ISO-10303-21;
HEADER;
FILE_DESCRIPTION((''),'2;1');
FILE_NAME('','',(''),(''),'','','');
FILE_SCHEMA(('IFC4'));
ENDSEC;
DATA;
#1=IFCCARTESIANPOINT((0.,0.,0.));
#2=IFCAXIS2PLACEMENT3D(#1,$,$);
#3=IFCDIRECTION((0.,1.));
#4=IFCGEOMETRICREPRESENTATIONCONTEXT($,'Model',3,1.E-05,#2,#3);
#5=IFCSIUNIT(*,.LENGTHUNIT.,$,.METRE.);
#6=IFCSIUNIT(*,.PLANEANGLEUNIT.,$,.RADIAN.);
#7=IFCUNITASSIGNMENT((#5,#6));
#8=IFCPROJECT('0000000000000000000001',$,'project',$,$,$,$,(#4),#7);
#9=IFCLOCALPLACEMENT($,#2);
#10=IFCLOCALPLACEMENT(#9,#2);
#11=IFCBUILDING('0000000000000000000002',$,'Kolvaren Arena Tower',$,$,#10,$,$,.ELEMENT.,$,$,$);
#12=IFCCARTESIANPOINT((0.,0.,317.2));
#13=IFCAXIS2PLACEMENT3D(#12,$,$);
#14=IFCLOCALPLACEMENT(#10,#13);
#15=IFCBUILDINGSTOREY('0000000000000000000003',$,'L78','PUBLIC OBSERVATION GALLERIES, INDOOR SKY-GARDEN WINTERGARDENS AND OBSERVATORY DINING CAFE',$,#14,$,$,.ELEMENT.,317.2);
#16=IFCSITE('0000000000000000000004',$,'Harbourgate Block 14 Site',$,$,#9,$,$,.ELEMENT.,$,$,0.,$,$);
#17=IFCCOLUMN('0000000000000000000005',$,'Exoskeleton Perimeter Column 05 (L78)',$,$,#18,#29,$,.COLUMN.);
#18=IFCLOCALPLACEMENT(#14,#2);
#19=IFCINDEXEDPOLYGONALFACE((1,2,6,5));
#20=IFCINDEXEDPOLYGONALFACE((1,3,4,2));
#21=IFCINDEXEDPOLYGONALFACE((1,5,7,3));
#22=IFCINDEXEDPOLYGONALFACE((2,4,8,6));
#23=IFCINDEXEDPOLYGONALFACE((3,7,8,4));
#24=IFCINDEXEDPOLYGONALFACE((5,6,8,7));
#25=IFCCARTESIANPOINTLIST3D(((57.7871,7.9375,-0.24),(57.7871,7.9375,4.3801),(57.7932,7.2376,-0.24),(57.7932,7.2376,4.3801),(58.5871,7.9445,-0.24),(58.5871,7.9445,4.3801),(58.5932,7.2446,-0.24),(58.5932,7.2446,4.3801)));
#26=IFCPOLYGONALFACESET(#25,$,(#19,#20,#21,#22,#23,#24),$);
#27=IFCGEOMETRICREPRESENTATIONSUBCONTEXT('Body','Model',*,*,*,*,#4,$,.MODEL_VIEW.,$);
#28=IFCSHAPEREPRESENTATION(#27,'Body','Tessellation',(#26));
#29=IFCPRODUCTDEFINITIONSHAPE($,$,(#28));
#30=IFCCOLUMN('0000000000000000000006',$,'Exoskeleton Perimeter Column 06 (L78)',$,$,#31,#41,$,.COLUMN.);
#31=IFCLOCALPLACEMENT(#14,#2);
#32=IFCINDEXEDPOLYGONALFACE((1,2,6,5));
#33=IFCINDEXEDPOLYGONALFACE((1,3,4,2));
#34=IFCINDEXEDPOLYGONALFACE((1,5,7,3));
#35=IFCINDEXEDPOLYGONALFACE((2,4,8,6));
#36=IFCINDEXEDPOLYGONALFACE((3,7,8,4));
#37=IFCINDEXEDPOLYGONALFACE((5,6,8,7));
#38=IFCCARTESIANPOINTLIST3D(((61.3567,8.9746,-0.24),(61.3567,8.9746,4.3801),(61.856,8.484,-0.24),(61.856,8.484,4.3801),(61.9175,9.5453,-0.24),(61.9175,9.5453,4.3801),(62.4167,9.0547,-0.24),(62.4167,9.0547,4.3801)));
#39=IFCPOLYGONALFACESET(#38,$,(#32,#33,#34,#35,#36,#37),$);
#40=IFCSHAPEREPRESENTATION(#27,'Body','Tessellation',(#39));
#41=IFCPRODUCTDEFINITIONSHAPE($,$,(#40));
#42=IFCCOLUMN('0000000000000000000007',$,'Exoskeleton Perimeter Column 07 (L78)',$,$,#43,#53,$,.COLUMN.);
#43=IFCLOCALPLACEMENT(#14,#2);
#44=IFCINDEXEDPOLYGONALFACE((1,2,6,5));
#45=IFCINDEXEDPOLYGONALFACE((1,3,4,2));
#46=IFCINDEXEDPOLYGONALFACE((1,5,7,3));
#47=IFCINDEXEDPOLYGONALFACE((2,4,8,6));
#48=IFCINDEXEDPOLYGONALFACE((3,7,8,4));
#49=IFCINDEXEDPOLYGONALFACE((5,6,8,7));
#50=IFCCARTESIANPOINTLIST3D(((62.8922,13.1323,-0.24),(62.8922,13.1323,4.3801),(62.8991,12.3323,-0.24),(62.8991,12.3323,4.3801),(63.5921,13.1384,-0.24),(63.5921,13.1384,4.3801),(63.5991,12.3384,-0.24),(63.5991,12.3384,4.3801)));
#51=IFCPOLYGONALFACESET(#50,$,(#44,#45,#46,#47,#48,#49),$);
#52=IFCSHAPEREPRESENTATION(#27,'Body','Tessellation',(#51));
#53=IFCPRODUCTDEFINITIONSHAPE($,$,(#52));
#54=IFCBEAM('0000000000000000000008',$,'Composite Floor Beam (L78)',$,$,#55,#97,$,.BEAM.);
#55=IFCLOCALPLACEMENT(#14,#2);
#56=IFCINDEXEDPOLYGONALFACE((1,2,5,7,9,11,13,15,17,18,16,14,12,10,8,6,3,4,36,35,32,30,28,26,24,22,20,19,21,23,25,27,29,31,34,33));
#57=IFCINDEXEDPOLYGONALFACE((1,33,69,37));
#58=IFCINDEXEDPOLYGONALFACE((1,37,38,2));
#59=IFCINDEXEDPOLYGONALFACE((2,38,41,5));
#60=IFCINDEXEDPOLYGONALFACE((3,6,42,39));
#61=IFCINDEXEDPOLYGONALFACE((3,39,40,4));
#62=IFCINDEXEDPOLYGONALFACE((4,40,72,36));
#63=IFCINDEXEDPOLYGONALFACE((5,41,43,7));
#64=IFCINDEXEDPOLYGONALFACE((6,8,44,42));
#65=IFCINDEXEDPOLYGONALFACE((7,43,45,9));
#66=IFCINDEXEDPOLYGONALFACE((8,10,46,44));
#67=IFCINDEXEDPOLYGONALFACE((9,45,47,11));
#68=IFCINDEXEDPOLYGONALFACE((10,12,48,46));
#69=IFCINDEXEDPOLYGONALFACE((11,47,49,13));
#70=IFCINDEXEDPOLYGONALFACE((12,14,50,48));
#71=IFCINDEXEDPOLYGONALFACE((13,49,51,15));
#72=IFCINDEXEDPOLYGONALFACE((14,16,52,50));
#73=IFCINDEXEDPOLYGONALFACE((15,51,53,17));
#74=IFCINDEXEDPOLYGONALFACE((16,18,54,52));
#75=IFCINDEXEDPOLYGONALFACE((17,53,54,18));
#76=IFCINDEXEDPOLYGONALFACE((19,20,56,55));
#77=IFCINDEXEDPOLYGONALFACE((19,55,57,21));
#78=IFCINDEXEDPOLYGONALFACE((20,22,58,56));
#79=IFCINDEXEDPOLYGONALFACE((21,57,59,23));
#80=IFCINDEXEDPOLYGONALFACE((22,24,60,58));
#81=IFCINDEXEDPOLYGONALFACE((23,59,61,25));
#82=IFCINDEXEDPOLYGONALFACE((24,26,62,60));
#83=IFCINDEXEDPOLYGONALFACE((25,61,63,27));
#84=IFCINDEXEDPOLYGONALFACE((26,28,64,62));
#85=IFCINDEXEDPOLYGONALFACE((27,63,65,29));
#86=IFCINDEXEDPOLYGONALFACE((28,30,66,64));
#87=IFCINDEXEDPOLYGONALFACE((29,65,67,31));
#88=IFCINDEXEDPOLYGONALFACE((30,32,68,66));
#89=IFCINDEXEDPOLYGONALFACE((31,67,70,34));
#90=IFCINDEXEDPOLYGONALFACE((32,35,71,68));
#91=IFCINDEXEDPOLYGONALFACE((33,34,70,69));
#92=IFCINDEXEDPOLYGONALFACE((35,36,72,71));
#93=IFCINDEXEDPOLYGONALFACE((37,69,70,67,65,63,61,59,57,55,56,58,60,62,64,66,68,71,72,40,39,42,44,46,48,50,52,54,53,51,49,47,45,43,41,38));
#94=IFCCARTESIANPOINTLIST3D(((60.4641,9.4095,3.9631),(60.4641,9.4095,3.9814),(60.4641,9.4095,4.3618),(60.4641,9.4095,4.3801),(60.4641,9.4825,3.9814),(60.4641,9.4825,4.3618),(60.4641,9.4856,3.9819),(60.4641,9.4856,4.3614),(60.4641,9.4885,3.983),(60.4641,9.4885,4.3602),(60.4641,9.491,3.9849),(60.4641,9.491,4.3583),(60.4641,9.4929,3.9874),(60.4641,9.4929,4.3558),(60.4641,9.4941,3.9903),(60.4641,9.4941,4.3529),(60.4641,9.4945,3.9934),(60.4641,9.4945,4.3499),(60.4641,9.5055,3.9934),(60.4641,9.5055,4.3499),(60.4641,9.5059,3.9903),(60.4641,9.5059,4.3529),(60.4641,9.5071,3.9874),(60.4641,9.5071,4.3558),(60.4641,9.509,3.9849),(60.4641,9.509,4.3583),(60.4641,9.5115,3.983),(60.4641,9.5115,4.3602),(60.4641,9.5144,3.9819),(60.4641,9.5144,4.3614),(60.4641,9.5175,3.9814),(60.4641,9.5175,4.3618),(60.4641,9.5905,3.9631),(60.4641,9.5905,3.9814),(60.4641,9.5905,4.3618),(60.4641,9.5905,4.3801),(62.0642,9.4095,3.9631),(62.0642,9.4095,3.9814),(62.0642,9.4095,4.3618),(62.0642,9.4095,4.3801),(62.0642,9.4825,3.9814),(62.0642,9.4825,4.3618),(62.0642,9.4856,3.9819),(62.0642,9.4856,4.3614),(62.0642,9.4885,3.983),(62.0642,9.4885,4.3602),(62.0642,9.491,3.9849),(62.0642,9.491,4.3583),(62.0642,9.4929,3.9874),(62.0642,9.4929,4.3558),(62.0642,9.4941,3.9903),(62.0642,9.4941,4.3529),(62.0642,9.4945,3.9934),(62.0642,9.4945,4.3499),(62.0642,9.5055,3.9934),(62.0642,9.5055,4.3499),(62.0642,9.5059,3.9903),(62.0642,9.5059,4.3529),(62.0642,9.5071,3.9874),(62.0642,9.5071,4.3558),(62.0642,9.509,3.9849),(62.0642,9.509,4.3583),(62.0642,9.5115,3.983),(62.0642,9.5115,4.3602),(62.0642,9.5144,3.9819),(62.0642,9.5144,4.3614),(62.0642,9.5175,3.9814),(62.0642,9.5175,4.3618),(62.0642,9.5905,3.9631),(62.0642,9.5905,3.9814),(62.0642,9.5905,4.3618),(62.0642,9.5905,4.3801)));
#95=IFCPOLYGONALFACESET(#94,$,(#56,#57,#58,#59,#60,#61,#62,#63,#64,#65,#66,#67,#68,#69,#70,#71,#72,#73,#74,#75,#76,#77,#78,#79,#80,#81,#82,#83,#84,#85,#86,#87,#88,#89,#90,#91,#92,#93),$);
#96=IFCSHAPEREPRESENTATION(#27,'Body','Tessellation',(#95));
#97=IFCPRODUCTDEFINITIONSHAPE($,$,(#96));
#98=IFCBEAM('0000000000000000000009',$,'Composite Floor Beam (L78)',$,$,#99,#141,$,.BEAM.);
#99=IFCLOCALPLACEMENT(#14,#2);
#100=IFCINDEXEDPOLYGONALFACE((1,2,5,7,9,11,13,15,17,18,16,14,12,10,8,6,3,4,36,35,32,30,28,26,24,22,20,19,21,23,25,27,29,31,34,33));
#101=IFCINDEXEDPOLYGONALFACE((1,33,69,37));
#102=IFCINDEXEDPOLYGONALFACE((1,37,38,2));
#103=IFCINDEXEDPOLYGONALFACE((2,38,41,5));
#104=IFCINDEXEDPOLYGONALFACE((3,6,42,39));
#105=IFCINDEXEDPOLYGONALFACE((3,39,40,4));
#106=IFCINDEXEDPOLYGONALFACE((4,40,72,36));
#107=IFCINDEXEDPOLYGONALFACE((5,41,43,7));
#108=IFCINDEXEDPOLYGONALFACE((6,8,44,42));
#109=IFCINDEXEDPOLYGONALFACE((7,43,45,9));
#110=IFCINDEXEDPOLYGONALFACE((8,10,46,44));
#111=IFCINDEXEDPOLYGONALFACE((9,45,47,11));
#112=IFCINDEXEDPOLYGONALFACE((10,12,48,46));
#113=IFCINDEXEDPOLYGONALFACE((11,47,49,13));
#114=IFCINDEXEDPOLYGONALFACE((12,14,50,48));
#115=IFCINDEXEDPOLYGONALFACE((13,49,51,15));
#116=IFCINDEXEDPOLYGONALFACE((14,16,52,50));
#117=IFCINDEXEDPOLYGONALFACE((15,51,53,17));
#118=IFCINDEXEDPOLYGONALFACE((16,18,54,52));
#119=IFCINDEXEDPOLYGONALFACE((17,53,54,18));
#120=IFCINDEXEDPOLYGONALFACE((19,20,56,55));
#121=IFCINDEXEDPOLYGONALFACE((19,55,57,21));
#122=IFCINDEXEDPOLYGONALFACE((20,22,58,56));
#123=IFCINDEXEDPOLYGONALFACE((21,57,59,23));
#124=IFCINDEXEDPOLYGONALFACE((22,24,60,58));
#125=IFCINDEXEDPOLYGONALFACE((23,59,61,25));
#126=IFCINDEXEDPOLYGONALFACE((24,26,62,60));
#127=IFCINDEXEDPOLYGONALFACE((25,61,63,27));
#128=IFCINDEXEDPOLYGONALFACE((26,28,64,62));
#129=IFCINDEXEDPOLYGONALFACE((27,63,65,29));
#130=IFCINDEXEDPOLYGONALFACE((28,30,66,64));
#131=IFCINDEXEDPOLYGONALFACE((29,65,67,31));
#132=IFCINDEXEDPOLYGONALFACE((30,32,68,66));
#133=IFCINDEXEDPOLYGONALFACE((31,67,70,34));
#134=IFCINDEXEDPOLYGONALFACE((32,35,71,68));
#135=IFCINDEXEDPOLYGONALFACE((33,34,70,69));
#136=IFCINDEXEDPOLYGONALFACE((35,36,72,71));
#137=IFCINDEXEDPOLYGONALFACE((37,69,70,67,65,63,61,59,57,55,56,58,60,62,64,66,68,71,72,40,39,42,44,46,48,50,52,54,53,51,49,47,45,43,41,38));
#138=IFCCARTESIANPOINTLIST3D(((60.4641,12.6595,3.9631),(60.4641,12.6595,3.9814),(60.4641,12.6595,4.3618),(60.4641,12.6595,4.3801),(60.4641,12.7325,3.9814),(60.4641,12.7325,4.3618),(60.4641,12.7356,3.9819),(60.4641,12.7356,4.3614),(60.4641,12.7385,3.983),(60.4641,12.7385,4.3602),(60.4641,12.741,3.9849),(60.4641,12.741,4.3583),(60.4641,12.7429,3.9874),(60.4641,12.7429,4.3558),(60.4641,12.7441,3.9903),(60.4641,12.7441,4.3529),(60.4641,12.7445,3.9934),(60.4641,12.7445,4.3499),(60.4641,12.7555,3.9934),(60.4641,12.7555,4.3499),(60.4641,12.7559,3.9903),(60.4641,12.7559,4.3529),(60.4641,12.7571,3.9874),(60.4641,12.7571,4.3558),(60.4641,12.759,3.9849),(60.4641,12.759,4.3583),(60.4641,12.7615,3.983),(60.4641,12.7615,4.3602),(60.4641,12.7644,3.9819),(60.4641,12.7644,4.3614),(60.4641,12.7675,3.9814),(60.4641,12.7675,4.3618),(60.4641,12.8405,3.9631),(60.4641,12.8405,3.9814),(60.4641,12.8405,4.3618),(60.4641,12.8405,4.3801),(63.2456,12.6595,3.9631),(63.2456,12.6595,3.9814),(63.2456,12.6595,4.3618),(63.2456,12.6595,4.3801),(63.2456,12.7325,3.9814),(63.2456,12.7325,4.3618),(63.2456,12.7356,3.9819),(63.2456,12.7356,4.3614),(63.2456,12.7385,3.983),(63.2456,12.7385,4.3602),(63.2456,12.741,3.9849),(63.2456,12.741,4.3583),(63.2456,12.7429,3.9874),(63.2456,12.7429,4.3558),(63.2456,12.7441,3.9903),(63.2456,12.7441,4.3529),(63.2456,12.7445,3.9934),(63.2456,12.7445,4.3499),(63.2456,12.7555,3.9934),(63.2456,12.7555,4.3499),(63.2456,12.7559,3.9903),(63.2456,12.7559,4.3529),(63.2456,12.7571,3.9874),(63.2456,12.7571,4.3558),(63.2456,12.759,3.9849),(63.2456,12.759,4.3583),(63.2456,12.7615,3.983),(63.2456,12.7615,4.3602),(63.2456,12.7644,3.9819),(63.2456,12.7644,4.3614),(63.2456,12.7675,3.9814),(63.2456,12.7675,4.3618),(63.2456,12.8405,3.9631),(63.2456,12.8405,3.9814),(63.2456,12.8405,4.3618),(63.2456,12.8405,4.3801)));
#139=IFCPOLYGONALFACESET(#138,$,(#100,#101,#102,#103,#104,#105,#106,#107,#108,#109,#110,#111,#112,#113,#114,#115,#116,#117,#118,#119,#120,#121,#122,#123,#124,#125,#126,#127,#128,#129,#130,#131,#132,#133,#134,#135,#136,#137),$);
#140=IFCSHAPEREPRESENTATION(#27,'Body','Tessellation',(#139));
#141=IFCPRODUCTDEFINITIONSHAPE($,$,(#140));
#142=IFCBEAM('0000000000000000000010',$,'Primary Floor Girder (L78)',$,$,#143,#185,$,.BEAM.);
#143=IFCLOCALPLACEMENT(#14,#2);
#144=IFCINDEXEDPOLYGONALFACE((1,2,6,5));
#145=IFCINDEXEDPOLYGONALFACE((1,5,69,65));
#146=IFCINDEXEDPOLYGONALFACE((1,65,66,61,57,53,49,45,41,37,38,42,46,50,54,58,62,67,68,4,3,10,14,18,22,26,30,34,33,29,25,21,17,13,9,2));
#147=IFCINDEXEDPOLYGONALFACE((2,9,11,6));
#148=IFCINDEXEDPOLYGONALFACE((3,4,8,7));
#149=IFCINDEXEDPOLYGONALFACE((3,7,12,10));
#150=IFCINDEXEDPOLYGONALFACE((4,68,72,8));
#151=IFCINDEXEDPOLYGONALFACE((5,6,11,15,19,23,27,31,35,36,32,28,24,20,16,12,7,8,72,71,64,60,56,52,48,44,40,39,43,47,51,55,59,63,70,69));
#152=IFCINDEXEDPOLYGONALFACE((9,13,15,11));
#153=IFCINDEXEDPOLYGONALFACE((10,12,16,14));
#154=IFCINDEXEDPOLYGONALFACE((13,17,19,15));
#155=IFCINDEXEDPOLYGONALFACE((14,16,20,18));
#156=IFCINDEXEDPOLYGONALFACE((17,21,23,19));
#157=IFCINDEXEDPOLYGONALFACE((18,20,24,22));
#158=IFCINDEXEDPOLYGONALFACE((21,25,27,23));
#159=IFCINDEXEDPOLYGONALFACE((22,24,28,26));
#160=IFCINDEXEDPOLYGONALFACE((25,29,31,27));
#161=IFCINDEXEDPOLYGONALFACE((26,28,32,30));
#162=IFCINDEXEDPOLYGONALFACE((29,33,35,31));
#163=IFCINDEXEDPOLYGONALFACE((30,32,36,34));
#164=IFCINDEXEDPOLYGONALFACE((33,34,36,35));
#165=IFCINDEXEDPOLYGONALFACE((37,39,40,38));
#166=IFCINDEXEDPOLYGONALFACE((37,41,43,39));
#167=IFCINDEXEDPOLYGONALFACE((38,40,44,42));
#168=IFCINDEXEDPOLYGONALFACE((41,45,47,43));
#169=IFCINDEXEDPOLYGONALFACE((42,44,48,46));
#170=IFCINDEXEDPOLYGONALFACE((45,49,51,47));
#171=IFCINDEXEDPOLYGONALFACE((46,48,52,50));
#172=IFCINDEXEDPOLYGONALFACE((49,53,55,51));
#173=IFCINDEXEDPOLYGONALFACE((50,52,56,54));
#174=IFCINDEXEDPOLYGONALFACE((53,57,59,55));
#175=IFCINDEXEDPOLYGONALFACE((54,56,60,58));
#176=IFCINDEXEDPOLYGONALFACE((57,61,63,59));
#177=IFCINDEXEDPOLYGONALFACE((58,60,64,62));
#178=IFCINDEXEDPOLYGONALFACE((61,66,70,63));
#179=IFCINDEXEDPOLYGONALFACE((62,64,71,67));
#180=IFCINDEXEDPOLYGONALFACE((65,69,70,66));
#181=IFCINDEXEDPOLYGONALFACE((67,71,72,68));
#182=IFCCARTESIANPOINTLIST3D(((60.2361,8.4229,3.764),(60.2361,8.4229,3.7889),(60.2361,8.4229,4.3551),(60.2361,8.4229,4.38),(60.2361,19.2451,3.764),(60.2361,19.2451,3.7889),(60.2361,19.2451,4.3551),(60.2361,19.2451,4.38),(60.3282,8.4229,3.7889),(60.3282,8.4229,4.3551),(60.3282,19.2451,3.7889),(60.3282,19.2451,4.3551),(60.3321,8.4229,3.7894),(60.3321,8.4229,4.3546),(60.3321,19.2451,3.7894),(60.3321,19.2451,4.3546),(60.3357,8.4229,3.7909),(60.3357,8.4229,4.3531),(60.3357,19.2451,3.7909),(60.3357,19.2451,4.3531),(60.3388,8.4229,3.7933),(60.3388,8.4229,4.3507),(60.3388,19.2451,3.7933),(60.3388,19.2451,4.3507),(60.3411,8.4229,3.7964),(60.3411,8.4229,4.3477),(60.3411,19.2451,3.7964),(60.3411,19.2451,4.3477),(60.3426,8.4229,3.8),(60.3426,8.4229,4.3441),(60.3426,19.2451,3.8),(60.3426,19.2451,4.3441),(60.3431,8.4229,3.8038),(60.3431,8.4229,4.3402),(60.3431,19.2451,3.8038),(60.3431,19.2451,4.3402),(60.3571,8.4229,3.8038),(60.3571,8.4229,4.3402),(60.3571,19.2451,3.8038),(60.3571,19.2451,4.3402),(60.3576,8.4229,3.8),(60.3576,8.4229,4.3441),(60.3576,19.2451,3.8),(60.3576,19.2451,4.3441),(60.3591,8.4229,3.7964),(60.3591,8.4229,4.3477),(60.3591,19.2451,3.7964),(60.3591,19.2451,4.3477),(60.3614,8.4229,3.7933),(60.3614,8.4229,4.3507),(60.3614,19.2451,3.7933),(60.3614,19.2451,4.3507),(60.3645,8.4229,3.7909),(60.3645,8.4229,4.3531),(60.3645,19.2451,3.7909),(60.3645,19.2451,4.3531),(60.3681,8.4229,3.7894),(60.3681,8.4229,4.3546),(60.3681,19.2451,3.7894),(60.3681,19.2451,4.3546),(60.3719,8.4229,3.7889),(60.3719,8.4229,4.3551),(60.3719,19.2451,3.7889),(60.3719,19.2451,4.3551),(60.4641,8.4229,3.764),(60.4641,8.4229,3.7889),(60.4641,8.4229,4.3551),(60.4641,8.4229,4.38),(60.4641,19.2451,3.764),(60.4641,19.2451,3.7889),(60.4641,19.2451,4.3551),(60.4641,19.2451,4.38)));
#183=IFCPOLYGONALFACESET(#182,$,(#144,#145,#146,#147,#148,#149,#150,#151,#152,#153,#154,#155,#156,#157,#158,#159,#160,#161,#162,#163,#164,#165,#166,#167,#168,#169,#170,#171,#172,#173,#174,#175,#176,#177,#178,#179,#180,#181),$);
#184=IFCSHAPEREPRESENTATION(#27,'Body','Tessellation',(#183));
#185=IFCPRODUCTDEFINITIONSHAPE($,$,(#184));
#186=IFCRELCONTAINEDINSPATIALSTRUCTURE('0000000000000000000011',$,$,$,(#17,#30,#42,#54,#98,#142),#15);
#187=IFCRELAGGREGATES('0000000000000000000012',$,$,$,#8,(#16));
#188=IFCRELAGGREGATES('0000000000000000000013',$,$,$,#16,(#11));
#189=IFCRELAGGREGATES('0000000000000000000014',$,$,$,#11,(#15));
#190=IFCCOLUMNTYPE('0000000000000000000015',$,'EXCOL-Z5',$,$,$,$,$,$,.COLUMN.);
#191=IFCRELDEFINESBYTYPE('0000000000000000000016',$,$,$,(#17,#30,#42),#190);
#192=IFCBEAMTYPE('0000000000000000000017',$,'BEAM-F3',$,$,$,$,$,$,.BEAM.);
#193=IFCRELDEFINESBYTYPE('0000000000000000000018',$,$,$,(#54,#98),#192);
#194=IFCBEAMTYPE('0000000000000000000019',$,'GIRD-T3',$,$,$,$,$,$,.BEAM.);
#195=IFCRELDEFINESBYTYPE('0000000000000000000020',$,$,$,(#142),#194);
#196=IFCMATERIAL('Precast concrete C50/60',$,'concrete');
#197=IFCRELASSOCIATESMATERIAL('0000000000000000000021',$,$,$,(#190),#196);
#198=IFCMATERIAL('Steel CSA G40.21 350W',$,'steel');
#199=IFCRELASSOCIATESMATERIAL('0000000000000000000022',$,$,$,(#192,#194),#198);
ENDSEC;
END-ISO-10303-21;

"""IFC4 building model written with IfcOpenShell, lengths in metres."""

from ifc_helpers import new_model, si_unit, direction, frame, origin, origin_2d, place, context, subcontext, project, spatial, rectangle, i_section, extrude, material, material_profile, profile_set, type_object, element, save


model = new_model("IFC4")

# Units and contexts
model_context = context("Model", 3, precision=1e-05, world=origin(), true_north=direction((0.0, 1.0)))
body_context = subcontext(model_context, "Body", "Model", "MODEL_VIEW")
ifc_project = project(units=[si_unit("LENGTHUNIT", "METRE"), si_unit("PLANEANGLEUNIT", "RADIAN")], contexts=[model_context])

# Site, building, storey
site_placement = place(None, origin())
site = spatial("IfcSite", under=ifc_project, at=site_placement, Name="Harbourgate Block 14 Site", CompositionType="ELEMENT", RefElevation=0.0)
building_placement = place(site_placement, origin())
building = spatial("IfcBuilding", under=site, at=building_placement, Name="Kolvaren Arena Tower", CompositionType="ELEMENT")
storey_placement = place(building_placement, frame((0.0, 0.0, 317.2)))
storey = spatial("IfcBuildingStorey", under=building, at=storey_placement, Name="L78", Description="PUBLIC OBSERVATION GALLERIES, INDOOR SKY-GARDEN WINTERGARDENS AND OBSERVATORY DINING CAFE", CompositionType="ELEMENT", Elevation=317.2)

# Columns
ifc_material_1 = material(Name="Precast concrete C50/60", Category="concrete")
ifc_material_profile_1 = material_profile(ifc_material_1, rectangle(XDim=0.8, YDim=0.7, at=origin_2d()), Name="RC-800x700")
ifc_profile_set_1 = profile_set([ifc_material_profile_1], Name="Precast concrete C50/60")
column_type = type_object("IfcColumnType", Name="EXCOL-Z5", PredefinedType="COLUMN", material=ifc_profile_set_1)
for number, where, z_axis, x_axis, name in (
    (1, (58.1902, 7.5911, -0.24), (0.0, 0.0, 1.0), (0.999962, 0.008727, 0.0), "Exoskeleton Perimeter Column 05 (L78)"),
    (2, (61.8867, 9.0146, -0.24), (0.0, 0.0, 1.0), (0.700909, 0.71325, 0.0), "Exoskeleton Perimeter Column 06 (L78)"),
    (3, (63.2456, 12.7354, -0.24), (0.0, 0.0, 1.0), (-0.008727, 0.999962, 0.0), "Exoskeleton Perimeter Column 07 (L78)"),
):
    element("IfcColumn", number, at=place(storey_placement, frame(where, z_axis=z_axis, x_axis=x_axis)), inside=storey, type_object=column_type, Name=name, PredefinedType="COLUMN", context=body_context, shape_type="SweptSolid", body=[
        extrude(rectangle(XDim=0.8, YDim=0.7, at=origin_2d()), origin(), (0.0, 0.0, 1.0), 4.6201),
    ])

# Beams
ifc_material_2 = material(Name="Steel CSA G40.21 350W", Category="steel")
ifc_material_profile_2 = material_profile(ifc_material_2, i_section(OverallWidth=0.1809, OverallDepth=0.417, WebThickness=0.011, FlangeThickness=0.0183, FilletRadius=0.012, at=origin_2d()), Name="W410x85")
ifc_profile_set_2 = profile_set([ifc_material_profile_2], Name="Steel CSA G40.21 350W")
beam_type_1 = type_object("IfcBeamType", Name="BEAM-F3", PredefinedType="BEAM", material=ifc_profile_set_2)
beam_1_placement = place(storey_placement, frame((60.4641, 9.5, 4.1716), z_axis=(1.0, 0.0, 0.0), x_axis=(0.0, 1.0, 0.0)))
element("IfcBeam", 4, at=beam_1_placement, inside=storey, type_object=beam_type_1, Name="Composite Floor Beam (L78)", PredefinedType="BEAM", context=body_context, shape_type="SweptSolid", body=[
    extrude(i_section(OverallWidth=0.1809, OverallDepth=0.417, WebThickness=0.011, FlangeThickness=0.0183, FilletRadius=0.012, at=origin_2d()), origin(), (0.0, 0.0, 1.0), 1.6001),
])
beam_2_placement = place(storey_placement, frame((60.4641, 12.75, 4.1716), z_axis=(1.0, 0.0, 0.0), x_axis=(0.0, 1.0, 0.0)))
element("IfcBeam", 5, at=beam_2_placement, inside=storey, type_object=beam_type_1, Name="Composite Floor Beam (L78)", PredefinedType="BEAM", context=body_context, shape_type="SweptSolid", body=[
    extrude(i_section(OverallWidth=0.1809, OverallDepth=0.417, WebThickness=0.011, FlangeThickness=0.0183, FilletRadius=0.012, at=origin_2d()), origin(), (0.0, 0.0, 1.0), 2.7815),
])
ifc_material_profile_3 = material_profile(ifc_material_2, i_section(OverallWidth=0.228, OverallDepth=0.616, WebThickness=0.0139, FlangeThickness=0.0249, FilletRadius=0.0149, at=origin_2d()), Name="W610x174")
ifc_profile_set_3 = profile_set([ifc_material_profile_3], Name="Steel CSA G40.21 350W")
beam_type_2 = type_object("IfcBeamType", Name="GIRD-T3", PredefinedType="BEAM", material=ifc_profile_set_3)
beam_3_placement = place(storey_placement, frame((60.3501, 8.4229, 4.072), z_axis=(0.0, 1.0, 0.0), x_axis=(-1.0, 0.0, 0.0)))
element("IfcBeam", 6, at=beam_3_placement, inside=storey, type_object=beam_type_2, Name="Primary Floor Girder (L78)", PredefinedType="BEAM", context=body_context, shape_type="SweptSolid", body=[
    extrude(i_section(OverallWidth=0.228, OverallDepth=0.616, WebThickness=0.0139, FlangeThickness=0.0249, FilletRadius=0.0149, at=origin_2d()), origin(), (0.0, 0.0, 1.0), 10.8223),
])

save(model, "model.ifc")
